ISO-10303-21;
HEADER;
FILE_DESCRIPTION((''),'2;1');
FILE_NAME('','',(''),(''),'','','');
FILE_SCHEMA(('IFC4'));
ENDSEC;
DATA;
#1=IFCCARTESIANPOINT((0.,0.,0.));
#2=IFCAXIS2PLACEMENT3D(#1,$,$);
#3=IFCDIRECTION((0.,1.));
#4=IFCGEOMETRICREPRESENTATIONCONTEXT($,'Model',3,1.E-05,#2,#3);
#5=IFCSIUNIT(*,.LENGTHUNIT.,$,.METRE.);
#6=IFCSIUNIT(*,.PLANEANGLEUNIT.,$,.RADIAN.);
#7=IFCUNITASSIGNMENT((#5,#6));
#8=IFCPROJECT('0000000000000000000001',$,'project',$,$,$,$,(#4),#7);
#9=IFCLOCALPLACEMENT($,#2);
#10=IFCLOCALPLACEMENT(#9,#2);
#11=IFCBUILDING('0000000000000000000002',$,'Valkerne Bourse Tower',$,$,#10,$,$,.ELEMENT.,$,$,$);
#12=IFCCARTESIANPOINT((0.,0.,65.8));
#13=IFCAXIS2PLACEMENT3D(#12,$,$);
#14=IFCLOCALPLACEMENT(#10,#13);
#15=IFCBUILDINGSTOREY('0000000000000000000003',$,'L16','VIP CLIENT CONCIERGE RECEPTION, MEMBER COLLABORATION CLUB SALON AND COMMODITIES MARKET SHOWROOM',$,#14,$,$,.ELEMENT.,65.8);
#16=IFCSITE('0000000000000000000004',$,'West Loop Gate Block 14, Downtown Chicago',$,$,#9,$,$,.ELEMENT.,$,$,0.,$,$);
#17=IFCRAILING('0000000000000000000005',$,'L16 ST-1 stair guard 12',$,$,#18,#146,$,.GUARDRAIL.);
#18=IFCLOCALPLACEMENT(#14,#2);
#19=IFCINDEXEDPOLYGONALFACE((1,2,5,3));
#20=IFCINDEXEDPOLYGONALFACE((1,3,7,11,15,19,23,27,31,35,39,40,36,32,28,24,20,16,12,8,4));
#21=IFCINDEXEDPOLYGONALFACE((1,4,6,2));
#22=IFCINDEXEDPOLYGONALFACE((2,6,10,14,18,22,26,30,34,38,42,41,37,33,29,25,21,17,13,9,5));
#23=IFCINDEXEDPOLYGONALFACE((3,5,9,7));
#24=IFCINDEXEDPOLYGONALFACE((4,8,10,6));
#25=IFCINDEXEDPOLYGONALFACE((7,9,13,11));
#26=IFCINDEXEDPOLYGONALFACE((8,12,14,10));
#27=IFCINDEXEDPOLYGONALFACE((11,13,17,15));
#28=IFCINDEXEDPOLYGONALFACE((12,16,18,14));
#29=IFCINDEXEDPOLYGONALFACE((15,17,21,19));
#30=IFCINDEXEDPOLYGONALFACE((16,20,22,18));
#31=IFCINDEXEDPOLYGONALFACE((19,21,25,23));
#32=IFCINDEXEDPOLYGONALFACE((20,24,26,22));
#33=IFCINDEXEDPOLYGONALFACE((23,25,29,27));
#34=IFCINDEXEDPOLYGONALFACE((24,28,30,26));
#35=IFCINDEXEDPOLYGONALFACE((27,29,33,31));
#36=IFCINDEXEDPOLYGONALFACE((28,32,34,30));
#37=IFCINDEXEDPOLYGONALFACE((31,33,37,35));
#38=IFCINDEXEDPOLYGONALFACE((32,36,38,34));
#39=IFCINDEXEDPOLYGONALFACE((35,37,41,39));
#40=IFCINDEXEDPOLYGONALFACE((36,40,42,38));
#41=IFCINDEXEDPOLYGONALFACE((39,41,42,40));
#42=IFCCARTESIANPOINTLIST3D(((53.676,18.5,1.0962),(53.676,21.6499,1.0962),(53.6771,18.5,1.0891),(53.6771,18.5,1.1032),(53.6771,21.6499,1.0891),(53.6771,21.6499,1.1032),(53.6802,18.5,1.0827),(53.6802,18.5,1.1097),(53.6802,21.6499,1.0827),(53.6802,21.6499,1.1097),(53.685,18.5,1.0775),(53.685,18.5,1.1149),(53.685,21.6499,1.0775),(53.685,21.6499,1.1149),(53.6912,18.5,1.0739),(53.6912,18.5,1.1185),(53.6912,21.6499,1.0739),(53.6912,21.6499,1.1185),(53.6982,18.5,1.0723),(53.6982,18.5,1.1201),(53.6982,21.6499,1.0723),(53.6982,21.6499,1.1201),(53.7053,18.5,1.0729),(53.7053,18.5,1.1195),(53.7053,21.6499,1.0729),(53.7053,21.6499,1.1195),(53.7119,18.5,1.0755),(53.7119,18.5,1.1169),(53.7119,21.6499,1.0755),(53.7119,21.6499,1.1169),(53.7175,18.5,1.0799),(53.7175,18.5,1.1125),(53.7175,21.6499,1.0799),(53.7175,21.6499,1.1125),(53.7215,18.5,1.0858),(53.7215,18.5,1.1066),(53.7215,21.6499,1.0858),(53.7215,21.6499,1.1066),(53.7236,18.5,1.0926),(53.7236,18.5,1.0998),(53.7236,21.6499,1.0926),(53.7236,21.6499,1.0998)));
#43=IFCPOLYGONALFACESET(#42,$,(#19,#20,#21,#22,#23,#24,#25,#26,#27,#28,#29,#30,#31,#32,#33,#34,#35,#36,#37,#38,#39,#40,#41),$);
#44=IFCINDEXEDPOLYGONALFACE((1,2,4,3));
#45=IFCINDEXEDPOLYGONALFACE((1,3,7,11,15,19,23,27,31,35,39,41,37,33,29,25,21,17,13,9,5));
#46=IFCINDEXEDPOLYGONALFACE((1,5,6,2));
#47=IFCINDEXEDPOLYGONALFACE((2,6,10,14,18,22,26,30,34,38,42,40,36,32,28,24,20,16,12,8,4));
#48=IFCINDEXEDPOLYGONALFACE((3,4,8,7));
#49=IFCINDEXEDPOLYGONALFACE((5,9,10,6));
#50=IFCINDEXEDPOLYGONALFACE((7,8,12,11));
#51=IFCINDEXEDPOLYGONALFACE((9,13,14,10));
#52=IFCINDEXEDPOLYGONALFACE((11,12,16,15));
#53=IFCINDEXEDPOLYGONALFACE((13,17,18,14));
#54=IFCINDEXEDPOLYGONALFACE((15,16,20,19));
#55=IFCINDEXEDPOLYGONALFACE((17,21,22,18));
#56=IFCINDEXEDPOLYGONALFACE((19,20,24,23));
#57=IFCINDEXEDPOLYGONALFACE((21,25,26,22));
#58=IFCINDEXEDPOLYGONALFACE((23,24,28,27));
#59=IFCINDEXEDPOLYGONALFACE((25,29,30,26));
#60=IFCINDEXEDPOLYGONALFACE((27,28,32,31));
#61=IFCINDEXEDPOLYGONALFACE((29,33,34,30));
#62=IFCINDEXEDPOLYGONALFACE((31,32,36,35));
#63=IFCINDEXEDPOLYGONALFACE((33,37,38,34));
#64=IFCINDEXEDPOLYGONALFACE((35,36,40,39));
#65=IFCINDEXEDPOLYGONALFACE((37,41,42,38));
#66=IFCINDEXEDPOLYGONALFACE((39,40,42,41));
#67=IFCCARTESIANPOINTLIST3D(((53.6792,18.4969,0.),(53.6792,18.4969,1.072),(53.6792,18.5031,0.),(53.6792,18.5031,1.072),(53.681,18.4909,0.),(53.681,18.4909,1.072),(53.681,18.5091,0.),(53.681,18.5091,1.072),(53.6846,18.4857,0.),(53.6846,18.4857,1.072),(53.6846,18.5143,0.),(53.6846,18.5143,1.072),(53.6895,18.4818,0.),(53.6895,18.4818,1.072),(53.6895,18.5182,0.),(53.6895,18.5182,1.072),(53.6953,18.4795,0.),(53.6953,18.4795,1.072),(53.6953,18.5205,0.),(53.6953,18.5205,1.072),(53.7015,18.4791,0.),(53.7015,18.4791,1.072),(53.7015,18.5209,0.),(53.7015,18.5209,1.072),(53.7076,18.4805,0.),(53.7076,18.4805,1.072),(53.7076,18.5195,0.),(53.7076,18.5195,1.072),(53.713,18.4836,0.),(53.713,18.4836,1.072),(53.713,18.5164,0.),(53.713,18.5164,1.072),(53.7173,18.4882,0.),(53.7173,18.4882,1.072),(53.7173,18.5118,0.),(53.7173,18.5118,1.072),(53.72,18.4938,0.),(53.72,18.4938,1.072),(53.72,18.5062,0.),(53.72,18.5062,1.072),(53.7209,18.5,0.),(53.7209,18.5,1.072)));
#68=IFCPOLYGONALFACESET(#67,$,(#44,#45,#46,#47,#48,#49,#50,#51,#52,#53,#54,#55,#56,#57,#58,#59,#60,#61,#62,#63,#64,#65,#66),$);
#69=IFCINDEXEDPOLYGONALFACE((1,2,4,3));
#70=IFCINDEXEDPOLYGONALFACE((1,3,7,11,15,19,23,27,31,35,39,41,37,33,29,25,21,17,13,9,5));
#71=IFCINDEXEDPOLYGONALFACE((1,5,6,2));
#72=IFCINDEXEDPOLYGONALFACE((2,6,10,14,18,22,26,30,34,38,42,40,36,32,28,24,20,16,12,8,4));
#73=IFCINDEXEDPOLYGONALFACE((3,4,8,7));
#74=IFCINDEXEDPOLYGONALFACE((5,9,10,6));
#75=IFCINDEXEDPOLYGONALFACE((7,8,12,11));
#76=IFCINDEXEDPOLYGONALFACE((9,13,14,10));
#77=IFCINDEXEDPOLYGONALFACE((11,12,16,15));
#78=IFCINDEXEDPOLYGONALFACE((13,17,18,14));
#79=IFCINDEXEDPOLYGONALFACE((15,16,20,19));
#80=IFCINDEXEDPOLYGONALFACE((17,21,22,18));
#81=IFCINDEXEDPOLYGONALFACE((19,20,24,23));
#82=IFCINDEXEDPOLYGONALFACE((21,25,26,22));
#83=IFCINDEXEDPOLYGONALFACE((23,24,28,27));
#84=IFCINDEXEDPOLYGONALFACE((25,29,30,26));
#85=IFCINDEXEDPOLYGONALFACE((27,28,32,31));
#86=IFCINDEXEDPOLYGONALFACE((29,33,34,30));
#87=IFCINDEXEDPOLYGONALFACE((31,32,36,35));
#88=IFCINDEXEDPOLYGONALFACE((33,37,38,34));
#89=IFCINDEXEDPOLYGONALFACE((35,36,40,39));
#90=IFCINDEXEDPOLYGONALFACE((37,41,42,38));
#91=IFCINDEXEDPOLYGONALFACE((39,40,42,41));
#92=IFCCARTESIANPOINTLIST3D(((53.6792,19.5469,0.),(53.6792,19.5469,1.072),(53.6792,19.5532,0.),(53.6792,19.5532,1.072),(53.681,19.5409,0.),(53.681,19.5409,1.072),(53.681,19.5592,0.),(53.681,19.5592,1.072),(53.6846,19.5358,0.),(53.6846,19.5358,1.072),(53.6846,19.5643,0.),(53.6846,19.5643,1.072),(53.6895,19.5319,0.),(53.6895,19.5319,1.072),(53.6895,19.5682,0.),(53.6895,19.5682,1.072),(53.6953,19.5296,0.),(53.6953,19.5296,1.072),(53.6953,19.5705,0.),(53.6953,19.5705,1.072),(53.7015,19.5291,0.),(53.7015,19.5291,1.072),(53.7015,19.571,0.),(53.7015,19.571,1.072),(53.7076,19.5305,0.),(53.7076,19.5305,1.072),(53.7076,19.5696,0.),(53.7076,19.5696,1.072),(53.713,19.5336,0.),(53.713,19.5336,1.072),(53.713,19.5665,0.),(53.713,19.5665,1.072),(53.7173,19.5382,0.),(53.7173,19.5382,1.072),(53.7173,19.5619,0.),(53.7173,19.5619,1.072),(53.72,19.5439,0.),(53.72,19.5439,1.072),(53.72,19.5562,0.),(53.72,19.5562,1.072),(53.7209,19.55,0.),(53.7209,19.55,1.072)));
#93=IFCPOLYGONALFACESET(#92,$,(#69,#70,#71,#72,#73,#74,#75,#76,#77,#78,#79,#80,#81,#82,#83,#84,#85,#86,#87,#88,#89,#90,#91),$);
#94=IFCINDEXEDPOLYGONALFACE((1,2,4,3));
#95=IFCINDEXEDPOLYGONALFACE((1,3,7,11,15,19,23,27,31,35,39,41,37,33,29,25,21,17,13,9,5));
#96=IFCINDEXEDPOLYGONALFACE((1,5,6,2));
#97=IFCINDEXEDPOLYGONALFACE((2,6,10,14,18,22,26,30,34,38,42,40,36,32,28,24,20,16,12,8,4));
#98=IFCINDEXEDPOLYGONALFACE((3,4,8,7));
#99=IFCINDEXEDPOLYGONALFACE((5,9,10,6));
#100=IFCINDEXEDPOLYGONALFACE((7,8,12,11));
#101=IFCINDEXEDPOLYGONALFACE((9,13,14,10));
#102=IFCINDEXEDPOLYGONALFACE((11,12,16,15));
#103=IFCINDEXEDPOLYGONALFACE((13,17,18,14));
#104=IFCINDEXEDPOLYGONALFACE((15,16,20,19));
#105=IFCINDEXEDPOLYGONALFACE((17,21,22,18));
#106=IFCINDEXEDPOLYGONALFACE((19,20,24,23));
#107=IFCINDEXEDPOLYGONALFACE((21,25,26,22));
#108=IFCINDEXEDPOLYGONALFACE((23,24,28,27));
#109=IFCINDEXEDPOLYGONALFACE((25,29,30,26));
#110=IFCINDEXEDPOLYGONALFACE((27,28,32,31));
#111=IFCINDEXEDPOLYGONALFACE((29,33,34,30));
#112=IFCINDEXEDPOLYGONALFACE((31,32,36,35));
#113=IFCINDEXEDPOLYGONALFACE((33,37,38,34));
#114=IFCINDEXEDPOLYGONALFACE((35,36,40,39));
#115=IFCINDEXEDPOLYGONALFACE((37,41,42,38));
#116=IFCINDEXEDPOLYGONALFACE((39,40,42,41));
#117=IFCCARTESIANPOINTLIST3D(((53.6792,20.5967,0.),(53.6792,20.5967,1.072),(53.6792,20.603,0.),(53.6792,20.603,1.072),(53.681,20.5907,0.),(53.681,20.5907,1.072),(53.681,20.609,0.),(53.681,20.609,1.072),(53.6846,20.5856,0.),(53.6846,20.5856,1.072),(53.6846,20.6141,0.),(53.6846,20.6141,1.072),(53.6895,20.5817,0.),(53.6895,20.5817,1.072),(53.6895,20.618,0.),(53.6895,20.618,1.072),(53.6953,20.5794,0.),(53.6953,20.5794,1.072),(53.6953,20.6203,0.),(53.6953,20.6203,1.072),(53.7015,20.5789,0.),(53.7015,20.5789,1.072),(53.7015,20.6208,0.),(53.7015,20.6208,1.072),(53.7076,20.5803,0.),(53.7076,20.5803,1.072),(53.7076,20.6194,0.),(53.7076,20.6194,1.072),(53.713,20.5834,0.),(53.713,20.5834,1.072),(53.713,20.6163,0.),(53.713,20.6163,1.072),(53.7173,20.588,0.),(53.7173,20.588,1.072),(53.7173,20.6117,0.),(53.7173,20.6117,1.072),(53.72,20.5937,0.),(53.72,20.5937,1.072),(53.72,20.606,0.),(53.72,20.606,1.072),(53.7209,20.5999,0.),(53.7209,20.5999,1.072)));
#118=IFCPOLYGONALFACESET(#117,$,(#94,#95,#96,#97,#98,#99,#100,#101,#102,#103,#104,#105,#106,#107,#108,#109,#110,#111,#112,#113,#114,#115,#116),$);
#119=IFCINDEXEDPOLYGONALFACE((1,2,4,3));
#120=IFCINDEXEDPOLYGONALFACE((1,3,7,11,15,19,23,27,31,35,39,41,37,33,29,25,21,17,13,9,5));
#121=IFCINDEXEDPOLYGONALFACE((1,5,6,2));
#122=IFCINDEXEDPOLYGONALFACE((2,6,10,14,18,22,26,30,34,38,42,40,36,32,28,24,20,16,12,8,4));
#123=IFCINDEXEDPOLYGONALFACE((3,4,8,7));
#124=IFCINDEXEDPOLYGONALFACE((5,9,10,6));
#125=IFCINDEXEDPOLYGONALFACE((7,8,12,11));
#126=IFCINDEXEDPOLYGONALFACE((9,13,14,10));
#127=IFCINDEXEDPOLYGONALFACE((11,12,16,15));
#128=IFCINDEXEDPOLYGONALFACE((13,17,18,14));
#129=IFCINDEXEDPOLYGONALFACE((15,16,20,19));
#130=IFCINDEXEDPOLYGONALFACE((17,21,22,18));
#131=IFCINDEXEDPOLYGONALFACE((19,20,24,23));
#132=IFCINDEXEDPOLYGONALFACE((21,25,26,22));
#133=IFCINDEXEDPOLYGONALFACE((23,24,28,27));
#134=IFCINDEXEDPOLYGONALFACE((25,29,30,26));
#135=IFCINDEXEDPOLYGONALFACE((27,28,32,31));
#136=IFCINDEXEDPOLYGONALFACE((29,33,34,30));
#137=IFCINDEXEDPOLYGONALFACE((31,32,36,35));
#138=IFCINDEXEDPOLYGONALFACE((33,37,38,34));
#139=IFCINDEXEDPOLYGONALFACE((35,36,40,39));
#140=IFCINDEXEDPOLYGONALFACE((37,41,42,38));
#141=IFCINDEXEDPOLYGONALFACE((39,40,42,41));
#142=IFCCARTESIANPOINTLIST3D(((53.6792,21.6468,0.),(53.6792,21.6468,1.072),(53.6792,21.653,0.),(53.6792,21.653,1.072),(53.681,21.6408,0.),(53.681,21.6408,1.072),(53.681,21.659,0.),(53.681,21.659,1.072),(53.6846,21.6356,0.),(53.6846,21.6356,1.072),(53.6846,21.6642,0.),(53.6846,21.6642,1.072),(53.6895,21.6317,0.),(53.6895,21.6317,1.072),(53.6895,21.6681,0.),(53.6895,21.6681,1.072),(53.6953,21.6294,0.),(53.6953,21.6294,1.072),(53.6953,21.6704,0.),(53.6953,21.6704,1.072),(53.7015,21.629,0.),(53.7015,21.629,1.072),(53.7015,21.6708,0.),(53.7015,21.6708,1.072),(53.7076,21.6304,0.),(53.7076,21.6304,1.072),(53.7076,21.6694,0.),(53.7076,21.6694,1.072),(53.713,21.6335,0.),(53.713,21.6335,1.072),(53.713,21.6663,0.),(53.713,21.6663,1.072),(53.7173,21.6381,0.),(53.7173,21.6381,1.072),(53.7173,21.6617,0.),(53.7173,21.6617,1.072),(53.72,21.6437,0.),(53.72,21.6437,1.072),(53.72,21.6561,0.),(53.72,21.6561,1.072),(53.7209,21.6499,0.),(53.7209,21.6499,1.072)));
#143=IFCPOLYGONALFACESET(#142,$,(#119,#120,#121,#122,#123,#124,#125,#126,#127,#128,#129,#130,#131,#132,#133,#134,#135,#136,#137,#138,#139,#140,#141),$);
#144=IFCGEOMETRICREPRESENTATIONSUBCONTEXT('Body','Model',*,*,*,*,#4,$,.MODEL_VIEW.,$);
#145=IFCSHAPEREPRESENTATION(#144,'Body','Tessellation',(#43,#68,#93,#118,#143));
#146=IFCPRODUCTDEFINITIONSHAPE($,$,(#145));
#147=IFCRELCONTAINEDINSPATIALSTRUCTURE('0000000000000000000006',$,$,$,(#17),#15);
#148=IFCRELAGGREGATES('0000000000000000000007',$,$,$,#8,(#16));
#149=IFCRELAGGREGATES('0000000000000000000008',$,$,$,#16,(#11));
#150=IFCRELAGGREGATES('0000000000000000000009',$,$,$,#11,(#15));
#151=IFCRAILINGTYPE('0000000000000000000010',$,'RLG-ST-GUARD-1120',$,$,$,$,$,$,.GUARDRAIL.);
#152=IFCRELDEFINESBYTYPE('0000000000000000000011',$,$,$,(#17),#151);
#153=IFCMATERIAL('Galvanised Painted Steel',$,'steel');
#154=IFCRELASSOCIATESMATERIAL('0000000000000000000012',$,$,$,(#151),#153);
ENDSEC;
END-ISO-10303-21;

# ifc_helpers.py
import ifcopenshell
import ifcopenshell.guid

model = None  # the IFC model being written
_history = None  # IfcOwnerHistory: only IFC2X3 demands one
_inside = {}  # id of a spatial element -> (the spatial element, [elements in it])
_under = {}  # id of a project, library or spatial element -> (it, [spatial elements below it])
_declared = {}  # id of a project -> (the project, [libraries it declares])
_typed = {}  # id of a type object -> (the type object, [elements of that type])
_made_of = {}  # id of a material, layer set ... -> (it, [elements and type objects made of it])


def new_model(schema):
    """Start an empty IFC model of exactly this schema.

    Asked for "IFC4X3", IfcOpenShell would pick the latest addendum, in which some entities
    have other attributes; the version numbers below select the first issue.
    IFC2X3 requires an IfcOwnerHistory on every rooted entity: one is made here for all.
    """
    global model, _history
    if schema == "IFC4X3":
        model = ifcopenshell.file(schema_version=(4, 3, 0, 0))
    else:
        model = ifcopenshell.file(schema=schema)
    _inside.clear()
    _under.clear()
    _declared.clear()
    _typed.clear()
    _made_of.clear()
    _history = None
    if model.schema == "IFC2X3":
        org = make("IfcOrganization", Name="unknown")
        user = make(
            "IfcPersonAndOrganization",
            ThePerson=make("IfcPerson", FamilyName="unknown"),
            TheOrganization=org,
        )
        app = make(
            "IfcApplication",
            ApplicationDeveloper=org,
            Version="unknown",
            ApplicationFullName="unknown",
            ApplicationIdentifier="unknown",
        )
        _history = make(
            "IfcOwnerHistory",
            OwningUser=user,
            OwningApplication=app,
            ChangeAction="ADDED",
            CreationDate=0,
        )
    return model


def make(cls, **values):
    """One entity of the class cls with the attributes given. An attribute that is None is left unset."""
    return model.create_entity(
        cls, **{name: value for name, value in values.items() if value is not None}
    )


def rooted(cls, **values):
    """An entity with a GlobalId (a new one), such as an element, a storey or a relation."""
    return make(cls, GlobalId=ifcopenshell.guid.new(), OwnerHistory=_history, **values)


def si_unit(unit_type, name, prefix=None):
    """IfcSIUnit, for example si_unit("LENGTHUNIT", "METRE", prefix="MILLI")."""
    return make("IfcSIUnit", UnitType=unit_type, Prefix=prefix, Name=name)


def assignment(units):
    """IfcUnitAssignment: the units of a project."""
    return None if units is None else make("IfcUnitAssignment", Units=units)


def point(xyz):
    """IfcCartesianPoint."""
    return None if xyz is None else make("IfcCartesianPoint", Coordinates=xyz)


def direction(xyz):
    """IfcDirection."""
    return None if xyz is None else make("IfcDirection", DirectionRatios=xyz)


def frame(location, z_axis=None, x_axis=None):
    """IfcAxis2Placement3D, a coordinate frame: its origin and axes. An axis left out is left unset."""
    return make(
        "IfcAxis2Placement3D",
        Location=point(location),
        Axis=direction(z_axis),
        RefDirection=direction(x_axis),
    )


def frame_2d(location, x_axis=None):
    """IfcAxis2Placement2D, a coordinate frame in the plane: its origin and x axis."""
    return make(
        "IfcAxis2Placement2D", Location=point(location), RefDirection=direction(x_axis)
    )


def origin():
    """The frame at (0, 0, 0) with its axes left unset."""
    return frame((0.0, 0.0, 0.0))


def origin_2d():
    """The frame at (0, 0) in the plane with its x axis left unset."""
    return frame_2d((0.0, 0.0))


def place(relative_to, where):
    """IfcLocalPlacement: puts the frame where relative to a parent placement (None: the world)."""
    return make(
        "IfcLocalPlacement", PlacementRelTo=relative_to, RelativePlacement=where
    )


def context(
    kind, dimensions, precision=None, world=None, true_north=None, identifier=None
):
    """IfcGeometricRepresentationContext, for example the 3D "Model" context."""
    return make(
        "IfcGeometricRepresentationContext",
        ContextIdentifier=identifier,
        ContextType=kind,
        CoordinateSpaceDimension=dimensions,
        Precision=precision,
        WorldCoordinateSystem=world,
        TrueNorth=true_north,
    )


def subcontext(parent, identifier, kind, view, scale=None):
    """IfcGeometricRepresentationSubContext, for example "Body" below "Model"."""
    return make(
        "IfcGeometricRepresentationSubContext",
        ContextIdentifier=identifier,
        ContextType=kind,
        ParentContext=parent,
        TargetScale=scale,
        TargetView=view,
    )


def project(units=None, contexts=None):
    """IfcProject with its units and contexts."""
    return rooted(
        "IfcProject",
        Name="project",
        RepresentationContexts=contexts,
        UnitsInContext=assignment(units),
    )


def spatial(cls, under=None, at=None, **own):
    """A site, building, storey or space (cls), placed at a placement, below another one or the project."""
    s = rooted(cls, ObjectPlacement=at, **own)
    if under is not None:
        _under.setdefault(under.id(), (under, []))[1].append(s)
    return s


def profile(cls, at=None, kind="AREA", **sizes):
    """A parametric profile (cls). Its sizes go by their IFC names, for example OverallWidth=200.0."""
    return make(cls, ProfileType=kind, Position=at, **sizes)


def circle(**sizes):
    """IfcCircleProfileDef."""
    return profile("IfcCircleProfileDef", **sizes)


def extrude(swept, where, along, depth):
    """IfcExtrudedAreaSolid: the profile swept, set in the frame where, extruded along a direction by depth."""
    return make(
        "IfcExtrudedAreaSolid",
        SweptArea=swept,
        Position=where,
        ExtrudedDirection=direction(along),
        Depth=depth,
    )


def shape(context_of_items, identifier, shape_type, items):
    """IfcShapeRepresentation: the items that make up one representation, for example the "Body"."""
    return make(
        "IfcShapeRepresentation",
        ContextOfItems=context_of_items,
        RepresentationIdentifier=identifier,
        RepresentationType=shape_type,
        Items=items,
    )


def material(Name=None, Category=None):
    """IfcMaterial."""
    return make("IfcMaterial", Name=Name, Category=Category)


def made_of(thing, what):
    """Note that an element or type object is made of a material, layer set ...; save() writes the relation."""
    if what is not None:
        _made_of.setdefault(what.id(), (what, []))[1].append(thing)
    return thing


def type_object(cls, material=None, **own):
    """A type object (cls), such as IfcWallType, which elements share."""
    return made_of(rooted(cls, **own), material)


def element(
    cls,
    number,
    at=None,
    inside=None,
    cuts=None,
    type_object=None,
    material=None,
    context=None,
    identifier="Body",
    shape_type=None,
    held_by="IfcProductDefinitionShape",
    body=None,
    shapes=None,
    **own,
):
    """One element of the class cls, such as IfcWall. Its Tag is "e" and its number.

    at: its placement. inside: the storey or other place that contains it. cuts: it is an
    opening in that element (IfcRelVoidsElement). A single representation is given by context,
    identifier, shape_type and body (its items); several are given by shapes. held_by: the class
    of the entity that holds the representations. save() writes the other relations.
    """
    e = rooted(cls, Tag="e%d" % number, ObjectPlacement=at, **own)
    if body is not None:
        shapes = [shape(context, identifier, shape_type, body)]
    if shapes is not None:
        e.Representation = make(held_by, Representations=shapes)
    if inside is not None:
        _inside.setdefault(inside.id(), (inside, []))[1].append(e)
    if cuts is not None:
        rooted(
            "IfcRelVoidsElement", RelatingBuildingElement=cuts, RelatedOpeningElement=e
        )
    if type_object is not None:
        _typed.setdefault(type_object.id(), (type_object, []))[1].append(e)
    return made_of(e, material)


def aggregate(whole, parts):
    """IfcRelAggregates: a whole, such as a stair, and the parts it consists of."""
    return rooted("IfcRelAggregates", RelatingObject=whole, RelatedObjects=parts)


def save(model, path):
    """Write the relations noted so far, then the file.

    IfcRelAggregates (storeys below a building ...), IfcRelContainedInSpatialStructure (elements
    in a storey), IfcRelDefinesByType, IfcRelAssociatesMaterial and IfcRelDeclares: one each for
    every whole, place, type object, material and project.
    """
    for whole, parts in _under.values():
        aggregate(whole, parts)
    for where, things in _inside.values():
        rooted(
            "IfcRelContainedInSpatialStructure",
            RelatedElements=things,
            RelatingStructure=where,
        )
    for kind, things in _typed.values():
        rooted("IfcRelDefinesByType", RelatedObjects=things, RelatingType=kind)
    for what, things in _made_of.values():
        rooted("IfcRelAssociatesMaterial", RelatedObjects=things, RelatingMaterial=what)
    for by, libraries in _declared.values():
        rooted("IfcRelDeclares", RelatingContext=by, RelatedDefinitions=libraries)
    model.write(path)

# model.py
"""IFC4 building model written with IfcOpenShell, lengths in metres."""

from ifc_helpers import new_model, si_unit, direction, frame, origin, origin_2d, place, context, subcontext, project, spatial, circle, extrude, material, type_object, element, save


model = new_model("IFC4")

# Units and contexts
model_context = context("Model", 3, precision=1e-05, world=origin(), true_north=direction((0.0, 1.0)))
body_context = subcontext(model_context, "Body", "Model", "MODEL_VIEW")
ifc_project = project(units=[si_unit("LENGTHUNIT", "METRE"), si_unit("PLANEANGLEUNIT", "RADIAN")], contexts=[model_context])

# Site, building, storey
site_placement = place(None, origin())
site = spatial("IfcSite", under=ifc_project, at=site_placement, Name="West Loop Gate Block 14, Downtown Chicago", CompositionType="ELEMENT", RefElevation=0.0)
building_placement = place(site_placement, origin())
building = spatial("IfcBuilding", under=site, at=building_placement, Name="Valkerne Bourse Tower", CompositionType="ELEMENT")
storey_placement = place(building_placement, frame((0.0, 0.0, 65.8)))
storey = spatial("IfcBuildingStorey", under=building, at=storey_placement, Name="L16", Description="VIP CLIENT CONCIERGE RECEPTION, MEMBER COLLABORATION CLUB SALON AND COMMODITIES MARKET SHOWROOM", CompositionType="ELEMENT", Elevation=65.8)

# Shared definitions
ifc_material_1 = material(Name="Galvanised Painted Steel", Category="steel")

# Railing
railing_type_1 = type_object("IfcRailingType", Name="RLG-ST-GUARD-1120", PredefinedType="GUARDRAIL", material=ifc_material_1)
railing_1_placement = place(storey_placement, frame((53.7, 18.5, 0.0)))
element("IfcRailing", 1, at=railing_1_placement, inside=storey, type_object=railing_type_1, Name="L16 ST-1 stair guard 12", PredefinedType="GUARDRAIL", context=body_context, shape_type="SweptSolid", body=[
    extrude(circle(Radius=0.0239, at=origin_2d()), frame((0.0, 0.0, 1.0962), z_axis=(0.0, 1.0, 0.0), x_axis=(-1.0, 0.0, 0.0)), (0.0, 0.0, 1.0), 3.1499),
    extrude(circle(Radius=0.021, at=origin_2d()), origin(), (0.0, 0.0, 1.0), 1.072),
    extrude(circle(Radius=0.021, at=origin_2d()), frame((0.0, 1.05, 0.0)), (0.0, 0.0, 1.0), 1.072),
    extrude(circle(Radius=0.021, at=origin_2d()), frame((0.0, 2.0999, 0.0)), (0.0, 0.0, 1.0), 1.072),
    extrude(circle(Radius=0.021, at=origin_2d()), frame((0.0, 3.1499, 0.0)), (0.0, 0.0, 1.0), 1.072),
])

save(model, "model.ifc")
